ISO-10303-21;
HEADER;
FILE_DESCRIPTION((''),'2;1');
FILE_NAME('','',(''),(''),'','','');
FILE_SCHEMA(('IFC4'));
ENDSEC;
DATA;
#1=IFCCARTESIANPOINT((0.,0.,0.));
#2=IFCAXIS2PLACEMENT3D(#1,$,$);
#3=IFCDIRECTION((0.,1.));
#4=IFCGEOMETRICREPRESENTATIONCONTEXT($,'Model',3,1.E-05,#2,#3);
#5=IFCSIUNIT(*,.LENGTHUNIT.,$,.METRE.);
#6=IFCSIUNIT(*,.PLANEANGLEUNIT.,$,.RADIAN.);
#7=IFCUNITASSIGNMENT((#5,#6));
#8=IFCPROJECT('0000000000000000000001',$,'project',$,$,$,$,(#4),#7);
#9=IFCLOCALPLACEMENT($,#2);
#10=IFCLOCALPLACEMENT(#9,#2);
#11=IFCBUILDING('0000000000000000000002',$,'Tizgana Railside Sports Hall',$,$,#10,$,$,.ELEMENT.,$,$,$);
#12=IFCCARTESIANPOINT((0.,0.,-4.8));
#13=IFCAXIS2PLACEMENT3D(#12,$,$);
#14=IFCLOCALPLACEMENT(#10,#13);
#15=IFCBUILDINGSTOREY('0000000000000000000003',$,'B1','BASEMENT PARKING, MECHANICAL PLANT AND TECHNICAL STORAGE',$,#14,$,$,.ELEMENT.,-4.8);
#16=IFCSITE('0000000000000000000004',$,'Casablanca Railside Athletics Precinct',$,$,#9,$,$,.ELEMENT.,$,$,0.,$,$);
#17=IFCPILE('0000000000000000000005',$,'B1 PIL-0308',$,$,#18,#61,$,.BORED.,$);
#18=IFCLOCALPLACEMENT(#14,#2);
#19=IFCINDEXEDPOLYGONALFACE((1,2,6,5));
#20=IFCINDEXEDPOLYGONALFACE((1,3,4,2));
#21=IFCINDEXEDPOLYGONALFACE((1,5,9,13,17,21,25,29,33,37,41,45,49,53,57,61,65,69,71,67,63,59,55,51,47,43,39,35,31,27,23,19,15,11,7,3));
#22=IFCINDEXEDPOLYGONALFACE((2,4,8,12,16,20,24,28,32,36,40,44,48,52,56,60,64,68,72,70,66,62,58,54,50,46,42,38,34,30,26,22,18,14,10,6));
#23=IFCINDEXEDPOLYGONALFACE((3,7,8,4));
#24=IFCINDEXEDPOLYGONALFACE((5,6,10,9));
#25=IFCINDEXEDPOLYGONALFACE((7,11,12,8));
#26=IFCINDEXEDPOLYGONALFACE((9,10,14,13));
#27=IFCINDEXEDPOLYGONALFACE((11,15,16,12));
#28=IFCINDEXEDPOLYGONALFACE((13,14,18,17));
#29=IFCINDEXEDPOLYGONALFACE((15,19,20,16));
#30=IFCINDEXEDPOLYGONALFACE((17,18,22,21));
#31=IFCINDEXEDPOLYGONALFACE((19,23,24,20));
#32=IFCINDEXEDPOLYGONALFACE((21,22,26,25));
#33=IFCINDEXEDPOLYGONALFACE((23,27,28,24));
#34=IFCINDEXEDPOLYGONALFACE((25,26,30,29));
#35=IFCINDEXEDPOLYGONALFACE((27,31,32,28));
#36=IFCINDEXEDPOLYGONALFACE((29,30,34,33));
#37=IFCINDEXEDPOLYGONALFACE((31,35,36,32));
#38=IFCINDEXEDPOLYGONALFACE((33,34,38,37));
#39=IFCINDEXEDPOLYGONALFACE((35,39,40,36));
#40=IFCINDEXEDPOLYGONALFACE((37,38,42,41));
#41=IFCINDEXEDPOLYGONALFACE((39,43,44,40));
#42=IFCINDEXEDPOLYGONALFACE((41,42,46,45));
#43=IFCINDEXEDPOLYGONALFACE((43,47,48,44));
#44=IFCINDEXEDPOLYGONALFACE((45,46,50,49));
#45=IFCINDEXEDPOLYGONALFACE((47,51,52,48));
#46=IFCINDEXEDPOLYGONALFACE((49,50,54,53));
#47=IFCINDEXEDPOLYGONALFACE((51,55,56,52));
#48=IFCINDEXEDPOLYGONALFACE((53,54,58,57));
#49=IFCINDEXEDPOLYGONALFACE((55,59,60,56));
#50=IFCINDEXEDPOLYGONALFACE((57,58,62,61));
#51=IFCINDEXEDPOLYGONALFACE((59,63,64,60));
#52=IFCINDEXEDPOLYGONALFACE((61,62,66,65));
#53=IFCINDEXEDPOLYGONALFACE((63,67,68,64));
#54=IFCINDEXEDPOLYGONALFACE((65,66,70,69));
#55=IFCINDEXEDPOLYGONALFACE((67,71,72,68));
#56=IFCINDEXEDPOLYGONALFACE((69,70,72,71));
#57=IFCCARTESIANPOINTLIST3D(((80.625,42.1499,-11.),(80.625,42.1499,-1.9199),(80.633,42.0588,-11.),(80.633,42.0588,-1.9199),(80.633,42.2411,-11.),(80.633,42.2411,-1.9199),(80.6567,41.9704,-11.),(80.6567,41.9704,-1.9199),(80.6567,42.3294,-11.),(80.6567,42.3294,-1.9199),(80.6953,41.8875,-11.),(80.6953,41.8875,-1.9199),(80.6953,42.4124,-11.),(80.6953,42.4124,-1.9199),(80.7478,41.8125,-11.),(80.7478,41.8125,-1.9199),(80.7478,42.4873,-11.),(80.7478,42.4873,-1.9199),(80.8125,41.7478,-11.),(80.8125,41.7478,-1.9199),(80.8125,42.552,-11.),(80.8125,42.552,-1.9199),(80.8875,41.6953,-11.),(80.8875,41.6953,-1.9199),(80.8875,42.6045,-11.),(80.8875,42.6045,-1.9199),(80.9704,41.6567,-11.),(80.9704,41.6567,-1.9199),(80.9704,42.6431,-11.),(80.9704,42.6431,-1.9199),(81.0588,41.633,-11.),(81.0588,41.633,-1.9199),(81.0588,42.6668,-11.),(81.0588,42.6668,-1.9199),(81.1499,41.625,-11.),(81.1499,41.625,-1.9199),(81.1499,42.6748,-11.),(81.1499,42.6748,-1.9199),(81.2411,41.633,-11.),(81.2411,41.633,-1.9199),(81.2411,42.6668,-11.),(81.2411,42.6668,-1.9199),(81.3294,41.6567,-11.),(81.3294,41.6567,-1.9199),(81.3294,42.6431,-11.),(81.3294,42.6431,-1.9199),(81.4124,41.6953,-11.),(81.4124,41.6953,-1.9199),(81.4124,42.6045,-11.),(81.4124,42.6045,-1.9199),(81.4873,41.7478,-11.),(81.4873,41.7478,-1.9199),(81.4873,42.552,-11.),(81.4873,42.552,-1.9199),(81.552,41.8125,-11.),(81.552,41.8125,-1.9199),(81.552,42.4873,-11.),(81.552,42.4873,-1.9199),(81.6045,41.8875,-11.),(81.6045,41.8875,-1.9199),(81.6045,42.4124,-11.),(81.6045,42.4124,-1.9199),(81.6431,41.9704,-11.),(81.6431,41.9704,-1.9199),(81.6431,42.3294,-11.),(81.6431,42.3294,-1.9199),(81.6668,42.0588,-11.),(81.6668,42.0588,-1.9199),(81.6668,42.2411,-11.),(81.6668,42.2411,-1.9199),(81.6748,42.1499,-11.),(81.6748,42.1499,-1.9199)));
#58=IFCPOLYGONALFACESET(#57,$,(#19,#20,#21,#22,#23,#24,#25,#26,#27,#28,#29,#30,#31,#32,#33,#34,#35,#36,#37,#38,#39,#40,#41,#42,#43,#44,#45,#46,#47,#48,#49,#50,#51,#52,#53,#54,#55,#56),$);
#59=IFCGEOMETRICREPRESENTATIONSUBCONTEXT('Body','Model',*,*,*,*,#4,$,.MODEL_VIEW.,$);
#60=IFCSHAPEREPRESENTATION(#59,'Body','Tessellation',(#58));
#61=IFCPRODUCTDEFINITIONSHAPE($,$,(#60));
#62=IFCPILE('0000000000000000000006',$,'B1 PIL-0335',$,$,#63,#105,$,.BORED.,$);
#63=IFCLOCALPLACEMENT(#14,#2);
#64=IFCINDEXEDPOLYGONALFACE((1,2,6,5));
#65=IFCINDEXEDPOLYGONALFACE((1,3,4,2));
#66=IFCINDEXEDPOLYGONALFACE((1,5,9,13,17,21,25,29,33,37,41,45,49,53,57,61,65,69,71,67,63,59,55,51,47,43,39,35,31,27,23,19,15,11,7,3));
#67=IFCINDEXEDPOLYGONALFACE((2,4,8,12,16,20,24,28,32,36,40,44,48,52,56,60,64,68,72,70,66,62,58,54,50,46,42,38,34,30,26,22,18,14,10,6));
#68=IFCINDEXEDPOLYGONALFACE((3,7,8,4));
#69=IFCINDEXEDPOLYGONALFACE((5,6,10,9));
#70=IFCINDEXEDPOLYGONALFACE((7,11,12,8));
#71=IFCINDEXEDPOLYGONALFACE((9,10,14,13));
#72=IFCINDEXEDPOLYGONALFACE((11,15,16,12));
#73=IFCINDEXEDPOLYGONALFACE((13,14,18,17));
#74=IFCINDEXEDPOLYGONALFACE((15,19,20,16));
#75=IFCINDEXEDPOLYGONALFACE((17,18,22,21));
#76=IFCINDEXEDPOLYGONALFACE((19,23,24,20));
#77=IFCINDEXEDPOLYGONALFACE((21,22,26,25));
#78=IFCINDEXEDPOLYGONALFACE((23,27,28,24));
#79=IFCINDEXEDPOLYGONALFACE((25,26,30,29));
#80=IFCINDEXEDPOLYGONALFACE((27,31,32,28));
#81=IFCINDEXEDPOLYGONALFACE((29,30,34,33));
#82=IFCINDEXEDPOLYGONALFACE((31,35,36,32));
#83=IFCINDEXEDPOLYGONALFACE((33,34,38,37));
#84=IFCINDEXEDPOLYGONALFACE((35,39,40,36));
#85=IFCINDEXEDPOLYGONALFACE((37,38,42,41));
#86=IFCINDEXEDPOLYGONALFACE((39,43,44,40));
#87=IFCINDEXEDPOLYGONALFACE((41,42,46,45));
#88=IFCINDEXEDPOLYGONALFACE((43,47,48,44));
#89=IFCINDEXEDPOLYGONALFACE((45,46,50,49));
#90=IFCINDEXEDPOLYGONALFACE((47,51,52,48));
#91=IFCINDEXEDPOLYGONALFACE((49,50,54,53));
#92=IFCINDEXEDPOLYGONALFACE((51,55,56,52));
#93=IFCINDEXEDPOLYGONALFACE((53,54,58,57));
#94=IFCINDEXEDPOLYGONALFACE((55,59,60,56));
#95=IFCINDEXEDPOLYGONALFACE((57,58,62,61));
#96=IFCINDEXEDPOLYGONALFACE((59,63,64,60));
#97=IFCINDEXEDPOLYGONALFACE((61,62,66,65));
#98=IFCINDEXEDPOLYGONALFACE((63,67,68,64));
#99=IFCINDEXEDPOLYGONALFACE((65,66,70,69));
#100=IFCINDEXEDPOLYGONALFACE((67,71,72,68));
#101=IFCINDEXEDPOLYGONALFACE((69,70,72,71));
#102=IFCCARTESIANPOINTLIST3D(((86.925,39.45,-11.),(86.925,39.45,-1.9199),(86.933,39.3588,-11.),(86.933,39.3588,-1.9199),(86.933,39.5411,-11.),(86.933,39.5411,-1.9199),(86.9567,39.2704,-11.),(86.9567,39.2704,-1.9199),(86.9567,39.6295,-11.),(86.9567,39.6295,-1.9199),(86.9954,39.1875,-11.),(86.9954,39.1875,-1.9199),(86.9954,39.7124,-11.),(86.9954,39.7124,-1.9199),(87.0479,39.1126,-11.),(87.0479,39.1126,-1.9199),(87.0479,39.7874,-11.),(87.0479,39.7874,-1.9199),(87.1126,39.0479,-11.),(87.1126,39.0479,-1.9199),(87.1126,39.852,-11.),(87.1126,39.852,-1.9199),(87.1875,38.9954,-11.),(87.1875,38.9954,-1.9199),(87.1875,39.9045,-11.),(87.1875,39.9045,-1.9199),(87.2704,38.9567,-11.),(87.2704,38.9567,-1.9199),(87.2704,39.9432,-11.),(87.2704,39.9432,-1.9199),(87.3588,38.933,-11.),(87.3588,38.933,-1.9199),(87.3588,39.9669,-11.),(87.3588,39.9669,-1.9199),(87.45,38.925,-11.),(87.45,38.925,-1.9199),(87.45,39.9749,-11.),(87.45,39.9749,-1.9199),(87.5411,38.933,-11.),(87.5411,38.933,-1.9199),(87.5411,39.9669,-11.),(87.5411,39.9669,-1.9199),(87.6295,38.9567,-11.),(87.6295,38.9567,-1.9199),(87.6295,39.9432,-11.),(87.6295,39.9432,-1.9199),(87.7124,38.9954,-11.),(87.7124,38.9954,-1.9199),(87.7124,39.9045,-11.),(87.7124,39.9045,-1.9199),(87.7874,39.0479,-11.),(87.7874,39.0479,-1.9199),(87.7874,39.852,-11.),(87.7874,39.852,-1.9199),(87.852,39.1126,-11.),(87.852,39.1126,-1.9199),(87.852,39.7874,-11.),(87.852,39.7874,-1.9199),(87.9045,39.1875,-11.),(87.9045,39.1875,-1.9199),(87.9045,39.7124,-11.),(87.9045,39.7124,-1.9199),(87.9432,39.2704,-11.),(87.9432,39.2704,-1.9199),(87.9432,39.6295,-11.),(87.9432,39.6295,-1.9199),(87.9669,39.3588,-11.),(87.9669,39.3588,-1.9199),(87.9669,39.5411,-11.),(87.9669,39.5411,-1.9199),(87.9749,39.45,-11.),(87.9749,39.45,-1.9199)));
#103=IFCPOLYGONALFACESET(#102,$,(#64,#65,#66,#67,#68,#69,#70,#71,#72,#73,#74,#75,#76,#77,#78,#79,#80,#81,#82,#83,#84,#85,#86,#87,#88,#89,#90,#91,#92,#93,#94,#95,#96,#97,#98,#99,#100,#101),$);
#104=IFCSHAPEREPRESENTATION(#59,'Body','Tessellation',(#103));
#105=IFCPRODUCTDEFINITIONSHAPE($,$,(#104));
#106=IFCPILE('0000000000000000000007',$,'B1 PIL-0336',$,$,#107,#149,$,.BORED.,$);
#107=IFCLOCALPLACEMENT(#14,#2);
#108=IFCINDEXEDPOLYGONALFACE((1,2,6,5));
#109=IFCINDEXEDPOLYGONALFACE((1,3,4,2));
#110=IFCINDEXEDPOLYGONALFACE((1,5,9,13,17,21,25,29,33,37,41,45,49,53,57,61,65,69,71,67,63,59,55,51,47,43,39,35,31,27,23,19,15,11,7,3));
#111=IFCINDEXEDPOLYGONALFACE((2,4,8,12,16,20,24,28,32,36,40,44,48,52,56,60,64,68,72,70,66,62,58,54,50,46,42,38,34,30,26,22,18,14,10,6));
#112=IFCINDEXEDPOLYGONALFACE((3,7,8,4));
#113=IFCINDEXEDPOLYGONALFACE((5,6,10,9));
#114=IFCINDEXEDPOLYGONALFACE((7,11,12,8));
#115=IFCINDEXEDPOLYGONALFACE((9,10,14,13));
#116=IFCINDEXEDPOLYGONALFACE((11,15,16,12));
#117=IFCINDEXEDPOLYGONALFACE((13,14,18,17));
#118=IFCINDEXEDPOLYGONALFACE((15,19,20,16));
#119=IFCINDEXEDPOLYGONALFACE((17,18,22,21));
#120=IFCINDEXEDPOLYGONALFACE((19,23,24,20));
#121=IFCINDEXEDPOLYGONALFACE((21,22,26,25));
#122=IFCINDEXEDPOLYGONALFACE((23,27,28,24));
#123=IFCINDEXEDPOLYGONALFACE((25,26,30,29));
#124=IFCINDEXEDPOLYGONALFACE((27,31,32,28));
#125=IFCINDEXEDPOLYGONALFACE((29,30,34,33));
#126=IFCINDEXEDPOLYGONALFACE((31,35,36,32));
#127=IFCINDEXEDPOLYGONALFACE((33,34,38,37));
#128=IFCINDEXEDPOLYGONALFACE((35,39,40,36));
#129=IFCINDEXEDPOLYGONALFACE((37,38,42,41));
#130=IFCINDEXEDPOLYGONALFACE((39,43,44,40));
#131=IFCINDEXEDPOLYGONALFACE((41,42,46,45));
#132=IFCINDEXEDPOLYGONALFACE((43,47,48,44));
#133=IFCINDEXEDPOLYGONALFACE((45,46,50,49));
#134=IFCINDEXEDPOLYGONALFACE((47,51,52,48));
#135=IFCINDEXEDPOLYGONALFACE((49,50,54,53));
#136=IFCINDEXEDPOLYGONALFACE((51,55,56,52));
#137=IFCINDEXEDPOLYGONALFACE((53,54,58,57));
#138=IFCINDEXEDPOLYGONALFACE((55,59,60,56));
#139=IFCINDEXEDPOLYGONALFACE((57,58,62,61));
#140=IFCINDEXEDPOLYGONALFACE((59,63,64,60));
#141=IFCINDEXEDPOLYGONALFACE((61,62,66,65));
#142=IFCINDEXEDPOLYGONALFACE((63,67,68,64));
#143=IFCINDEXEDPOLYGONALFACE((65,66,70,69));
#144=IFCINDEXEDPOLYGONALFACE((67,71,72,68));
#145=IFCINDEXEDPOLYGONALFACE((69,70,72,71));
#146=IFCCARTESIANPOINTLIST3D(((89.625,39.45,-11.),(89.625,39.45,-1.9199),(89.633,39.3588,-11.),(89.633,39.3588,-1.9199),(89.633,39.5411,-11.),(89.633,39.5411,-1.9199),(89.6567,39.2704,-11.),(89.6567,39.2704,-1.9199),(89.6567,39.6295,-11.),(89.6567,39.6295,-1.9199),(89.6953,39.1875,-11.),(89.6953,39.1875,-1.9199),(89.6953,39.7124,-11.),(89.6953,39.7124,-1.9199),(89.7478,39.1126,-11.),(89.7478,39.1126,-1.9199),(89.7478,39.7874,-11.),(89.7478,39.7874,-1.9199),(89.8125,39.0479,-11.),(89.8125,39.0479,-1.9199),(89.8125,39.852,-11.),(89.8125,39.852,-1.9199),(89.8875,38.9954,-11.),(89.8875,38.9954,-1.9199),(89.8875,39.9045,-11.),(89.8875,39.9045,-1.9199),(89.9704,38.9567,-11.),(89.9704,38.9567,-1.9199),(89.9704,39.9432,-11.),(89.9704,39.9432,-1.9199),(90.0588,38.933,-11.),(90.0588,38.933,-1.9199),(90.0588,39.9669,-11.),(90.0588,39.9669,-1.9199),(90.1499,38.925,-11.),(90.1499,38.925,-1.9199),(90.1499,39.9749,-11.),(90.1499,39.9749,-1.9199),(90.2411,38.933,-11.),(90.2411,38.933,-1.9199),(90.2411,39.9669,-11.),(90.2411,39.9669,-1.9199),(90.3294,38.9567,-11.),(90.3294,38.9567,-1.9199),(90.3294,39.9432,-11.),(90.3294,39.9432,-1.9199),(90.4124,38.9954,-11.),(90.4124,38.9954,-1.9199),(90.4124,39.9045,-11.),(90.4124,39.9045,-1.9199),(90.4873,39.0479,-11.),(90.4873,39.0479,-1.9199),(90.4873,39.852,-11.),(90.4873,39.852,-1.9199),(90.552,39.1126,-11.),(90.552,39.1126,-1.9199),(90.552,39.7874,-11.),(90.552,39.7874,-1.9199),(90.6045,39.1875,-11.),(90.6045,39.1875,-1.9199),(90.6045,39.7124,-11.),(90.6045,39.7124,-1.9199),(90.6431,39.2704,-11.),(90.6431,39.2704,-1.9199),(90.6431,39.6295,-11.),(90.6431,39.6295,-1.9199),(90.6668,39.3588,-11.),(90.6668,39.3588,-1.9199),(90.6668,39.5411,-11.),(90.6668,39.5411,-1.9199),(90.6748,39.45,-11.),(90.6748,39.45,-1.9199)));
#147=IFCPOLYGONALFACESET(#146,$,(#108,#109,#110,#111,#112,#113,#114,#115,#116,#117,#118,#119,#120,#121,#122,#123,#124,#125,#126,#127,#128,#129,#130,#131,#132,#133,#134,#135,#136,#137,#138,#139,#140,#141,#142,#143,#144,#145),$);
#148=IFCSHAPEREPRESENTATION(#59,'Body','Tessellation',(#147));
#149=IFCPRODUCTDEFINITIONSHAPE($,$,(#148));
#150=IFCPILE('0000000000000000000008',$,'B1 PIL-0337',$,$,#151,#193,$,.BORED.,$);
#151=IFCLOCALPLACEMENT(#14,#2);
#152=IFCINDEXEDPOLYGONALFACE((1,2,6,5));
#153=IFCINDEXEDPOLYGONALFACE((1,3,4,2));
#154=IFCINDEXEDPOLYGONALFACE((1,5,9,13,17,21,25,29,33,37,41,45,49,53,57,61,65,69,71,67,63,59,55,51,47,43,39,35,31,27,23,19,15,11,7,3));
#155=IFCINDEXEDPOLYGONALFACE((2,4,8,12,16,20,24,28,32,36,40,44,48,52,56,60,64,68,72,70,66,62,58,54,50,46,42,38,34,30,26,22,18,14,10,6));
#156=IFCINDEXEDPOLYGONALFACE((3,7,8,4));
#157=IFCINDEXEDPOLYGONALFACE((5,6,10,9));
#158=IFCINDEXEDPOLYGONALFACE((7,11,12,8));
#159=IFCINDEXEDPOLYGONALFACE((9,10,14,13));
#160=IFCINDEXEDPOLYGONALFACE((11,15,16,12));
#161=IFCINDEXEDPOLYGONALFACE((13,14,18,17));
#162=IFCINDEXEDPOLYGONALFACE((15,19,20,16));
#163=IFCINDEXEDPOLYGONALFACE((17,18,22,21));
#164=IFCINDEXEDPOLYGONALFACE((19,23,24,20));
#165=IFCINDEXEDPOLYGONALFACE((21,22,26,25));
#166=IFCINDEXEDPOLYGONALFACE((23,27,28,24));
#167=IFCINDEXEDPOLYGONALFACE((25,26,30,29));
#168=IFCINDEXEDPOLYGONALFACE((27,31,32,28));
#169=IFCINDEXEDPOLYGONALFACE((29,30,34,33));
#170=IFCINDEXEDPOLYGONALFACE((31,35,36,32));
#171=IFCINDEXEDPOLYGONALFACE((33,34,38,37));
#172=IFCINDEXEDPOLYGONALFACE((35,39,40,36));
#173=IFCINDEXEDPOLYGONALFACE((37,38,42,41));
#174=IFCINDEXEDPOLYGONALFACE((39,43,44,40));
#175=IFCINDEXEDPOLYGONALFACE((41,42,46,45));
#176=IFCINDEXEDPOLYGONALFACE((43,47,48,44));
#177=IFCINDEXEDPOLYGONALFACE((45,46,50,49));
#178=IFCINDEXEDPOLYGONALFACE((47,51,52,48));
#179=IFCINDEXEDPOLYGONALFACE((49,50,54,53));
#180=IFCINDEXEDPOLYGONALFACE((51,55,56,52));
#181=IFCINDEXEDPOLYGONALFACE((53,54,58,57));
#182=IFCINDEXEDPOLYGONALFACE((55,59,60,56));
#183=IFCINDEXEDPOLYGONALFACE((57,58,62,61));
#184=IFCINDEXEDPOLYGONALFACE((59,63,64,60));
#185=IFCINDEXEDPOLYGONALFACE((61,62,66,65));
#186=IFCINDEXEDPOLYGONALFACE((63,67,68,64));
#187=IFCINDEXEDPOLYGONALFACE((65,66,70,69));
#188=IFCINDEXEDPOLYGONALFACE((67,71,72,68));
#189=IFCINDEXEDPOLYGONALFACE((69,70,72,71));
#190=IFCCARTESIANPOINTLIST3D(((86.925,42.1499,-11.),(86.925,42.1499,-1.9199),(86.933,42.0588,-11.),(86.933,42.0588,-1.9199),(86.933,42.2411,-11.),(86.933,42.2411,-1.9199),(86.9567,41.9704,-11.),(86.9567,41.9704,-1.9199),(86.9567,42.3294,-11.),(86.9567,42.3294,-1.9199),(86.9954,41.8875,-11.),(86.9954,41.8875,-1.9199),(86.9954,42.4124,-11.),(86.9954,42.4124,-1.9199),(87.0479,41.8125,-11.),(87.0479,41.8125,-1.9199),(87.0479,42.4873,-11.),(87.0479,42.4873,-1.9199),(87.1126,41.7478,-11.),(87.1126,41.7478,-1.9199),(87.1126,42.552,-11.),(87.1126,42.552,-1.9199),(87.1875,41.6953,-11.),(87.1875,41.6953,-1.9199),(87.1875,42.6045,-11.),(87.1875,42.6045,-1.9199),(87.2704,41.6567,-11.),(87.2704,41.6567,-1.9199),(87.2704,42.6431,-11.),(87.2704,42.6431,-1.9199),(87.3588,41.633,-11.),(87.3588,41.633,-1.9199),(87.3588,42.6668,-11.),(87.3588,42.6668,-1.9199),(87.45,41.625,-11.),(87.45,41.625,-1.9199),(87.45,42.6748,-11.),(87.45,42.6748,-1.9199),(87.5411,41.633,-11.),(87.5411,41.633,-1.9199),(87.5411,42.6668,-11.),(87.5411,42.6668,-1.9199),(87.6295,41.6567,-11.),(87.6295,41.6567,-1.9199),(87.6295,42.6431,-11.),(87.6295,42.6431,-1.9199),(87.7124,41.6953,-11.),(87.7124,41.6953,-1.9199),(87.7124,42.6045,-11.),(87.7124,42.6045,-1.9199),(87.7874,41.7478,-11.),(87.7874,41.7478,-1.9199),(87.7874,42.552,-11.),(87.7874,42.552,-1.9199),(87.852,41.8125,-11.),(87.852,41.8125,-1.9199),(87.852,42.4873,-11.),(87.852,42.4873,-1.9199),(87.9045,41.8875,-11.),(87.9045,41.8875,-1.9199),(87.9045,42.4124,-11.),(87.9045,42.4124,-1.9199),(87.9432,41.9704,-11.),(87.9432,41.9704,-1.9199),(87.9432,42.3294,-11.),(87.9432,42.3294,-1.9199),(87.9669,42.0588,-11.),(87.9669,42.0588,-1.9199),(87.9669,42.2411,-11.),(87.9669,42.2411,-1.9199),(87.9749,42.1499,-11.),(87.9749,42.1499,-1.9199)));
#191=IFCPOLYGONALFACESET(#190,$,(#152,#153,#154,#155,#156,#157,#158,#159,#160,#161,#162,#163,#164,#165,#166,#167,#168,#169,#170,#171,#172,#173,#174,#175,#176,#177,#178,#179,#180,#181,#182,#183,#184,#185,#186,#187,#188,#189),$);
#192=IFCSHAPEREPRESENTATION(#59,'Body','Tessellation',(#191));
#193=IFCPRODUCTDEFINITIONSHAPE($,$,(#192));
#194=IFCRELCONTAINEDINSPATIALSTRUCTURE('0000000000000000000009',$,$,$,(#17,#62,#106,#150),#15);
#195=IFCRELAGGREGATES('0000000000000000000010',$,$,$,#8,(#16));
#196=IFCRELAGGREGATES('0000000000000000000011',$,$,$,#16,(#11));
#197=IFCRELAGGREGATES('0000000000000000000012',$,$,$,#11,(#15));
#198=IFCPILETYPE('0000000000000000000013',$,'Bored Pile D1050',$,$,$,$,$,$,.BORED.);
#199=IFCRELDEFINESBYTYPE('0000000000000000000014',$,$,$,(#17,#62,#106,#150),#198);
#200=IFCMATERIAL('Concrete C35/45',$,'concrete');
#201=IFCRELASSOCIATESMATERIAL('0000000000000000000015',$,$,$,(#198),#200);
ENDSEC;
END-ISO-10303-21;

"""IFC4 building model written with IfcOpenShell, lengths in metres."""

from ifc_helpers import new_model, si_unit, direction, frame, origin, origin_2d, place, context, subcontext, project, spatial, circle, extrude, material, material_profile, profile_set, type_object, element, save


model = new_model("IFC4")

# Units and contexts
model_context = context("Model", 3, precision=1e-05, world=origin(), true_north=direction((0.0, 1.0)))
body_context = subcontext(model_context, "Body", "Model", "MODEL_VIEW")
ifc_project = project(units=[si_unit("LENGTHUNIT", "METRE"), si_unit("PLANEANGLEUNIT", "RADIAN")], contexts=[model_context])

# Site, building, storey
site_placement = place(None, origin())
site = spatial("IfcSite", under=ifc_project, at=site_placement, Name="Casablanca Railside Athletics Precinct", CompositionType="ELEMENT", RefElevation=0.0)
building_placement = place(site_placement, origin())
building = spatial("IfcBuilding", under=site, at=building_placement, Name="Tizgana Railside Sports Hall", CompositionType="ELEMENT")
storey_placement = place(building_placement, frame((0.0, 0.0, -4.8)))
storey = spatial("IfcBuildingStorey", under=building, at=storey_placement, Name="B1", Description="BASEMENT PARKING, MECHANICAL PLANT AND TECHNICAL STORAGE", CompositionType="ELEMENT", Elevation=-4.8)

# Piles
ifc_material_1 = material(Name="Concrete C35/45", Category="concrete")
ifc_material_profile_1 = material_profile(ifc_material_1, circle(Radius=0.5249, at=origin_2d()), Name="PILE D1050")
ifc_profile_set_1 = profile_set([ifc_material_profile_1], Name="Concrete C35/45")
pile_type_1 = type_object("IfcPileType", Name="Bored Pile D1050", PredefinedType="BORED", material=ifc_profile_set_1)
for number, where, z_axis, x_axis, name in (
    (1, (81.1499, 42.1499, -1.9199), (0.0, 0.0, -1.0), (1.0, 0.0, 0.0), "B1 PIL-0308"),
    (2, (87.45, 39.45, -1.9199), (0.0, 0.0, -1.0), (1.0, 0.0, 0.0), "B1 PIL-0335"),
    (3, (90.1499, 39.45, -1.9199), (0.0, 0.0, -1.0), (1.0, 0.0, 0.0), "B1 PIL-0336"),
    (4, (87.45, 42.1499, -1.9199), (0.0, 0.0, -1.0), (1.0, 0.0, 0.0), "B1 PIL-0337"),
):
    element("IfcPile", number, at=place(storey_placement, frame(where, z_axis=z_axis, x_axis=x_axis)), inside=storey, type_object=pile_type_1, Name=name, PredefinedType="BORED", context=body_context, shape_type="SweptSolid", body=[
        extrude(circle(Radius=0.5249, at=origin_2d()), origin(), (0.0, 0.0, 1.0), 9.0801),
    ])

save(model, "model.ifc")
